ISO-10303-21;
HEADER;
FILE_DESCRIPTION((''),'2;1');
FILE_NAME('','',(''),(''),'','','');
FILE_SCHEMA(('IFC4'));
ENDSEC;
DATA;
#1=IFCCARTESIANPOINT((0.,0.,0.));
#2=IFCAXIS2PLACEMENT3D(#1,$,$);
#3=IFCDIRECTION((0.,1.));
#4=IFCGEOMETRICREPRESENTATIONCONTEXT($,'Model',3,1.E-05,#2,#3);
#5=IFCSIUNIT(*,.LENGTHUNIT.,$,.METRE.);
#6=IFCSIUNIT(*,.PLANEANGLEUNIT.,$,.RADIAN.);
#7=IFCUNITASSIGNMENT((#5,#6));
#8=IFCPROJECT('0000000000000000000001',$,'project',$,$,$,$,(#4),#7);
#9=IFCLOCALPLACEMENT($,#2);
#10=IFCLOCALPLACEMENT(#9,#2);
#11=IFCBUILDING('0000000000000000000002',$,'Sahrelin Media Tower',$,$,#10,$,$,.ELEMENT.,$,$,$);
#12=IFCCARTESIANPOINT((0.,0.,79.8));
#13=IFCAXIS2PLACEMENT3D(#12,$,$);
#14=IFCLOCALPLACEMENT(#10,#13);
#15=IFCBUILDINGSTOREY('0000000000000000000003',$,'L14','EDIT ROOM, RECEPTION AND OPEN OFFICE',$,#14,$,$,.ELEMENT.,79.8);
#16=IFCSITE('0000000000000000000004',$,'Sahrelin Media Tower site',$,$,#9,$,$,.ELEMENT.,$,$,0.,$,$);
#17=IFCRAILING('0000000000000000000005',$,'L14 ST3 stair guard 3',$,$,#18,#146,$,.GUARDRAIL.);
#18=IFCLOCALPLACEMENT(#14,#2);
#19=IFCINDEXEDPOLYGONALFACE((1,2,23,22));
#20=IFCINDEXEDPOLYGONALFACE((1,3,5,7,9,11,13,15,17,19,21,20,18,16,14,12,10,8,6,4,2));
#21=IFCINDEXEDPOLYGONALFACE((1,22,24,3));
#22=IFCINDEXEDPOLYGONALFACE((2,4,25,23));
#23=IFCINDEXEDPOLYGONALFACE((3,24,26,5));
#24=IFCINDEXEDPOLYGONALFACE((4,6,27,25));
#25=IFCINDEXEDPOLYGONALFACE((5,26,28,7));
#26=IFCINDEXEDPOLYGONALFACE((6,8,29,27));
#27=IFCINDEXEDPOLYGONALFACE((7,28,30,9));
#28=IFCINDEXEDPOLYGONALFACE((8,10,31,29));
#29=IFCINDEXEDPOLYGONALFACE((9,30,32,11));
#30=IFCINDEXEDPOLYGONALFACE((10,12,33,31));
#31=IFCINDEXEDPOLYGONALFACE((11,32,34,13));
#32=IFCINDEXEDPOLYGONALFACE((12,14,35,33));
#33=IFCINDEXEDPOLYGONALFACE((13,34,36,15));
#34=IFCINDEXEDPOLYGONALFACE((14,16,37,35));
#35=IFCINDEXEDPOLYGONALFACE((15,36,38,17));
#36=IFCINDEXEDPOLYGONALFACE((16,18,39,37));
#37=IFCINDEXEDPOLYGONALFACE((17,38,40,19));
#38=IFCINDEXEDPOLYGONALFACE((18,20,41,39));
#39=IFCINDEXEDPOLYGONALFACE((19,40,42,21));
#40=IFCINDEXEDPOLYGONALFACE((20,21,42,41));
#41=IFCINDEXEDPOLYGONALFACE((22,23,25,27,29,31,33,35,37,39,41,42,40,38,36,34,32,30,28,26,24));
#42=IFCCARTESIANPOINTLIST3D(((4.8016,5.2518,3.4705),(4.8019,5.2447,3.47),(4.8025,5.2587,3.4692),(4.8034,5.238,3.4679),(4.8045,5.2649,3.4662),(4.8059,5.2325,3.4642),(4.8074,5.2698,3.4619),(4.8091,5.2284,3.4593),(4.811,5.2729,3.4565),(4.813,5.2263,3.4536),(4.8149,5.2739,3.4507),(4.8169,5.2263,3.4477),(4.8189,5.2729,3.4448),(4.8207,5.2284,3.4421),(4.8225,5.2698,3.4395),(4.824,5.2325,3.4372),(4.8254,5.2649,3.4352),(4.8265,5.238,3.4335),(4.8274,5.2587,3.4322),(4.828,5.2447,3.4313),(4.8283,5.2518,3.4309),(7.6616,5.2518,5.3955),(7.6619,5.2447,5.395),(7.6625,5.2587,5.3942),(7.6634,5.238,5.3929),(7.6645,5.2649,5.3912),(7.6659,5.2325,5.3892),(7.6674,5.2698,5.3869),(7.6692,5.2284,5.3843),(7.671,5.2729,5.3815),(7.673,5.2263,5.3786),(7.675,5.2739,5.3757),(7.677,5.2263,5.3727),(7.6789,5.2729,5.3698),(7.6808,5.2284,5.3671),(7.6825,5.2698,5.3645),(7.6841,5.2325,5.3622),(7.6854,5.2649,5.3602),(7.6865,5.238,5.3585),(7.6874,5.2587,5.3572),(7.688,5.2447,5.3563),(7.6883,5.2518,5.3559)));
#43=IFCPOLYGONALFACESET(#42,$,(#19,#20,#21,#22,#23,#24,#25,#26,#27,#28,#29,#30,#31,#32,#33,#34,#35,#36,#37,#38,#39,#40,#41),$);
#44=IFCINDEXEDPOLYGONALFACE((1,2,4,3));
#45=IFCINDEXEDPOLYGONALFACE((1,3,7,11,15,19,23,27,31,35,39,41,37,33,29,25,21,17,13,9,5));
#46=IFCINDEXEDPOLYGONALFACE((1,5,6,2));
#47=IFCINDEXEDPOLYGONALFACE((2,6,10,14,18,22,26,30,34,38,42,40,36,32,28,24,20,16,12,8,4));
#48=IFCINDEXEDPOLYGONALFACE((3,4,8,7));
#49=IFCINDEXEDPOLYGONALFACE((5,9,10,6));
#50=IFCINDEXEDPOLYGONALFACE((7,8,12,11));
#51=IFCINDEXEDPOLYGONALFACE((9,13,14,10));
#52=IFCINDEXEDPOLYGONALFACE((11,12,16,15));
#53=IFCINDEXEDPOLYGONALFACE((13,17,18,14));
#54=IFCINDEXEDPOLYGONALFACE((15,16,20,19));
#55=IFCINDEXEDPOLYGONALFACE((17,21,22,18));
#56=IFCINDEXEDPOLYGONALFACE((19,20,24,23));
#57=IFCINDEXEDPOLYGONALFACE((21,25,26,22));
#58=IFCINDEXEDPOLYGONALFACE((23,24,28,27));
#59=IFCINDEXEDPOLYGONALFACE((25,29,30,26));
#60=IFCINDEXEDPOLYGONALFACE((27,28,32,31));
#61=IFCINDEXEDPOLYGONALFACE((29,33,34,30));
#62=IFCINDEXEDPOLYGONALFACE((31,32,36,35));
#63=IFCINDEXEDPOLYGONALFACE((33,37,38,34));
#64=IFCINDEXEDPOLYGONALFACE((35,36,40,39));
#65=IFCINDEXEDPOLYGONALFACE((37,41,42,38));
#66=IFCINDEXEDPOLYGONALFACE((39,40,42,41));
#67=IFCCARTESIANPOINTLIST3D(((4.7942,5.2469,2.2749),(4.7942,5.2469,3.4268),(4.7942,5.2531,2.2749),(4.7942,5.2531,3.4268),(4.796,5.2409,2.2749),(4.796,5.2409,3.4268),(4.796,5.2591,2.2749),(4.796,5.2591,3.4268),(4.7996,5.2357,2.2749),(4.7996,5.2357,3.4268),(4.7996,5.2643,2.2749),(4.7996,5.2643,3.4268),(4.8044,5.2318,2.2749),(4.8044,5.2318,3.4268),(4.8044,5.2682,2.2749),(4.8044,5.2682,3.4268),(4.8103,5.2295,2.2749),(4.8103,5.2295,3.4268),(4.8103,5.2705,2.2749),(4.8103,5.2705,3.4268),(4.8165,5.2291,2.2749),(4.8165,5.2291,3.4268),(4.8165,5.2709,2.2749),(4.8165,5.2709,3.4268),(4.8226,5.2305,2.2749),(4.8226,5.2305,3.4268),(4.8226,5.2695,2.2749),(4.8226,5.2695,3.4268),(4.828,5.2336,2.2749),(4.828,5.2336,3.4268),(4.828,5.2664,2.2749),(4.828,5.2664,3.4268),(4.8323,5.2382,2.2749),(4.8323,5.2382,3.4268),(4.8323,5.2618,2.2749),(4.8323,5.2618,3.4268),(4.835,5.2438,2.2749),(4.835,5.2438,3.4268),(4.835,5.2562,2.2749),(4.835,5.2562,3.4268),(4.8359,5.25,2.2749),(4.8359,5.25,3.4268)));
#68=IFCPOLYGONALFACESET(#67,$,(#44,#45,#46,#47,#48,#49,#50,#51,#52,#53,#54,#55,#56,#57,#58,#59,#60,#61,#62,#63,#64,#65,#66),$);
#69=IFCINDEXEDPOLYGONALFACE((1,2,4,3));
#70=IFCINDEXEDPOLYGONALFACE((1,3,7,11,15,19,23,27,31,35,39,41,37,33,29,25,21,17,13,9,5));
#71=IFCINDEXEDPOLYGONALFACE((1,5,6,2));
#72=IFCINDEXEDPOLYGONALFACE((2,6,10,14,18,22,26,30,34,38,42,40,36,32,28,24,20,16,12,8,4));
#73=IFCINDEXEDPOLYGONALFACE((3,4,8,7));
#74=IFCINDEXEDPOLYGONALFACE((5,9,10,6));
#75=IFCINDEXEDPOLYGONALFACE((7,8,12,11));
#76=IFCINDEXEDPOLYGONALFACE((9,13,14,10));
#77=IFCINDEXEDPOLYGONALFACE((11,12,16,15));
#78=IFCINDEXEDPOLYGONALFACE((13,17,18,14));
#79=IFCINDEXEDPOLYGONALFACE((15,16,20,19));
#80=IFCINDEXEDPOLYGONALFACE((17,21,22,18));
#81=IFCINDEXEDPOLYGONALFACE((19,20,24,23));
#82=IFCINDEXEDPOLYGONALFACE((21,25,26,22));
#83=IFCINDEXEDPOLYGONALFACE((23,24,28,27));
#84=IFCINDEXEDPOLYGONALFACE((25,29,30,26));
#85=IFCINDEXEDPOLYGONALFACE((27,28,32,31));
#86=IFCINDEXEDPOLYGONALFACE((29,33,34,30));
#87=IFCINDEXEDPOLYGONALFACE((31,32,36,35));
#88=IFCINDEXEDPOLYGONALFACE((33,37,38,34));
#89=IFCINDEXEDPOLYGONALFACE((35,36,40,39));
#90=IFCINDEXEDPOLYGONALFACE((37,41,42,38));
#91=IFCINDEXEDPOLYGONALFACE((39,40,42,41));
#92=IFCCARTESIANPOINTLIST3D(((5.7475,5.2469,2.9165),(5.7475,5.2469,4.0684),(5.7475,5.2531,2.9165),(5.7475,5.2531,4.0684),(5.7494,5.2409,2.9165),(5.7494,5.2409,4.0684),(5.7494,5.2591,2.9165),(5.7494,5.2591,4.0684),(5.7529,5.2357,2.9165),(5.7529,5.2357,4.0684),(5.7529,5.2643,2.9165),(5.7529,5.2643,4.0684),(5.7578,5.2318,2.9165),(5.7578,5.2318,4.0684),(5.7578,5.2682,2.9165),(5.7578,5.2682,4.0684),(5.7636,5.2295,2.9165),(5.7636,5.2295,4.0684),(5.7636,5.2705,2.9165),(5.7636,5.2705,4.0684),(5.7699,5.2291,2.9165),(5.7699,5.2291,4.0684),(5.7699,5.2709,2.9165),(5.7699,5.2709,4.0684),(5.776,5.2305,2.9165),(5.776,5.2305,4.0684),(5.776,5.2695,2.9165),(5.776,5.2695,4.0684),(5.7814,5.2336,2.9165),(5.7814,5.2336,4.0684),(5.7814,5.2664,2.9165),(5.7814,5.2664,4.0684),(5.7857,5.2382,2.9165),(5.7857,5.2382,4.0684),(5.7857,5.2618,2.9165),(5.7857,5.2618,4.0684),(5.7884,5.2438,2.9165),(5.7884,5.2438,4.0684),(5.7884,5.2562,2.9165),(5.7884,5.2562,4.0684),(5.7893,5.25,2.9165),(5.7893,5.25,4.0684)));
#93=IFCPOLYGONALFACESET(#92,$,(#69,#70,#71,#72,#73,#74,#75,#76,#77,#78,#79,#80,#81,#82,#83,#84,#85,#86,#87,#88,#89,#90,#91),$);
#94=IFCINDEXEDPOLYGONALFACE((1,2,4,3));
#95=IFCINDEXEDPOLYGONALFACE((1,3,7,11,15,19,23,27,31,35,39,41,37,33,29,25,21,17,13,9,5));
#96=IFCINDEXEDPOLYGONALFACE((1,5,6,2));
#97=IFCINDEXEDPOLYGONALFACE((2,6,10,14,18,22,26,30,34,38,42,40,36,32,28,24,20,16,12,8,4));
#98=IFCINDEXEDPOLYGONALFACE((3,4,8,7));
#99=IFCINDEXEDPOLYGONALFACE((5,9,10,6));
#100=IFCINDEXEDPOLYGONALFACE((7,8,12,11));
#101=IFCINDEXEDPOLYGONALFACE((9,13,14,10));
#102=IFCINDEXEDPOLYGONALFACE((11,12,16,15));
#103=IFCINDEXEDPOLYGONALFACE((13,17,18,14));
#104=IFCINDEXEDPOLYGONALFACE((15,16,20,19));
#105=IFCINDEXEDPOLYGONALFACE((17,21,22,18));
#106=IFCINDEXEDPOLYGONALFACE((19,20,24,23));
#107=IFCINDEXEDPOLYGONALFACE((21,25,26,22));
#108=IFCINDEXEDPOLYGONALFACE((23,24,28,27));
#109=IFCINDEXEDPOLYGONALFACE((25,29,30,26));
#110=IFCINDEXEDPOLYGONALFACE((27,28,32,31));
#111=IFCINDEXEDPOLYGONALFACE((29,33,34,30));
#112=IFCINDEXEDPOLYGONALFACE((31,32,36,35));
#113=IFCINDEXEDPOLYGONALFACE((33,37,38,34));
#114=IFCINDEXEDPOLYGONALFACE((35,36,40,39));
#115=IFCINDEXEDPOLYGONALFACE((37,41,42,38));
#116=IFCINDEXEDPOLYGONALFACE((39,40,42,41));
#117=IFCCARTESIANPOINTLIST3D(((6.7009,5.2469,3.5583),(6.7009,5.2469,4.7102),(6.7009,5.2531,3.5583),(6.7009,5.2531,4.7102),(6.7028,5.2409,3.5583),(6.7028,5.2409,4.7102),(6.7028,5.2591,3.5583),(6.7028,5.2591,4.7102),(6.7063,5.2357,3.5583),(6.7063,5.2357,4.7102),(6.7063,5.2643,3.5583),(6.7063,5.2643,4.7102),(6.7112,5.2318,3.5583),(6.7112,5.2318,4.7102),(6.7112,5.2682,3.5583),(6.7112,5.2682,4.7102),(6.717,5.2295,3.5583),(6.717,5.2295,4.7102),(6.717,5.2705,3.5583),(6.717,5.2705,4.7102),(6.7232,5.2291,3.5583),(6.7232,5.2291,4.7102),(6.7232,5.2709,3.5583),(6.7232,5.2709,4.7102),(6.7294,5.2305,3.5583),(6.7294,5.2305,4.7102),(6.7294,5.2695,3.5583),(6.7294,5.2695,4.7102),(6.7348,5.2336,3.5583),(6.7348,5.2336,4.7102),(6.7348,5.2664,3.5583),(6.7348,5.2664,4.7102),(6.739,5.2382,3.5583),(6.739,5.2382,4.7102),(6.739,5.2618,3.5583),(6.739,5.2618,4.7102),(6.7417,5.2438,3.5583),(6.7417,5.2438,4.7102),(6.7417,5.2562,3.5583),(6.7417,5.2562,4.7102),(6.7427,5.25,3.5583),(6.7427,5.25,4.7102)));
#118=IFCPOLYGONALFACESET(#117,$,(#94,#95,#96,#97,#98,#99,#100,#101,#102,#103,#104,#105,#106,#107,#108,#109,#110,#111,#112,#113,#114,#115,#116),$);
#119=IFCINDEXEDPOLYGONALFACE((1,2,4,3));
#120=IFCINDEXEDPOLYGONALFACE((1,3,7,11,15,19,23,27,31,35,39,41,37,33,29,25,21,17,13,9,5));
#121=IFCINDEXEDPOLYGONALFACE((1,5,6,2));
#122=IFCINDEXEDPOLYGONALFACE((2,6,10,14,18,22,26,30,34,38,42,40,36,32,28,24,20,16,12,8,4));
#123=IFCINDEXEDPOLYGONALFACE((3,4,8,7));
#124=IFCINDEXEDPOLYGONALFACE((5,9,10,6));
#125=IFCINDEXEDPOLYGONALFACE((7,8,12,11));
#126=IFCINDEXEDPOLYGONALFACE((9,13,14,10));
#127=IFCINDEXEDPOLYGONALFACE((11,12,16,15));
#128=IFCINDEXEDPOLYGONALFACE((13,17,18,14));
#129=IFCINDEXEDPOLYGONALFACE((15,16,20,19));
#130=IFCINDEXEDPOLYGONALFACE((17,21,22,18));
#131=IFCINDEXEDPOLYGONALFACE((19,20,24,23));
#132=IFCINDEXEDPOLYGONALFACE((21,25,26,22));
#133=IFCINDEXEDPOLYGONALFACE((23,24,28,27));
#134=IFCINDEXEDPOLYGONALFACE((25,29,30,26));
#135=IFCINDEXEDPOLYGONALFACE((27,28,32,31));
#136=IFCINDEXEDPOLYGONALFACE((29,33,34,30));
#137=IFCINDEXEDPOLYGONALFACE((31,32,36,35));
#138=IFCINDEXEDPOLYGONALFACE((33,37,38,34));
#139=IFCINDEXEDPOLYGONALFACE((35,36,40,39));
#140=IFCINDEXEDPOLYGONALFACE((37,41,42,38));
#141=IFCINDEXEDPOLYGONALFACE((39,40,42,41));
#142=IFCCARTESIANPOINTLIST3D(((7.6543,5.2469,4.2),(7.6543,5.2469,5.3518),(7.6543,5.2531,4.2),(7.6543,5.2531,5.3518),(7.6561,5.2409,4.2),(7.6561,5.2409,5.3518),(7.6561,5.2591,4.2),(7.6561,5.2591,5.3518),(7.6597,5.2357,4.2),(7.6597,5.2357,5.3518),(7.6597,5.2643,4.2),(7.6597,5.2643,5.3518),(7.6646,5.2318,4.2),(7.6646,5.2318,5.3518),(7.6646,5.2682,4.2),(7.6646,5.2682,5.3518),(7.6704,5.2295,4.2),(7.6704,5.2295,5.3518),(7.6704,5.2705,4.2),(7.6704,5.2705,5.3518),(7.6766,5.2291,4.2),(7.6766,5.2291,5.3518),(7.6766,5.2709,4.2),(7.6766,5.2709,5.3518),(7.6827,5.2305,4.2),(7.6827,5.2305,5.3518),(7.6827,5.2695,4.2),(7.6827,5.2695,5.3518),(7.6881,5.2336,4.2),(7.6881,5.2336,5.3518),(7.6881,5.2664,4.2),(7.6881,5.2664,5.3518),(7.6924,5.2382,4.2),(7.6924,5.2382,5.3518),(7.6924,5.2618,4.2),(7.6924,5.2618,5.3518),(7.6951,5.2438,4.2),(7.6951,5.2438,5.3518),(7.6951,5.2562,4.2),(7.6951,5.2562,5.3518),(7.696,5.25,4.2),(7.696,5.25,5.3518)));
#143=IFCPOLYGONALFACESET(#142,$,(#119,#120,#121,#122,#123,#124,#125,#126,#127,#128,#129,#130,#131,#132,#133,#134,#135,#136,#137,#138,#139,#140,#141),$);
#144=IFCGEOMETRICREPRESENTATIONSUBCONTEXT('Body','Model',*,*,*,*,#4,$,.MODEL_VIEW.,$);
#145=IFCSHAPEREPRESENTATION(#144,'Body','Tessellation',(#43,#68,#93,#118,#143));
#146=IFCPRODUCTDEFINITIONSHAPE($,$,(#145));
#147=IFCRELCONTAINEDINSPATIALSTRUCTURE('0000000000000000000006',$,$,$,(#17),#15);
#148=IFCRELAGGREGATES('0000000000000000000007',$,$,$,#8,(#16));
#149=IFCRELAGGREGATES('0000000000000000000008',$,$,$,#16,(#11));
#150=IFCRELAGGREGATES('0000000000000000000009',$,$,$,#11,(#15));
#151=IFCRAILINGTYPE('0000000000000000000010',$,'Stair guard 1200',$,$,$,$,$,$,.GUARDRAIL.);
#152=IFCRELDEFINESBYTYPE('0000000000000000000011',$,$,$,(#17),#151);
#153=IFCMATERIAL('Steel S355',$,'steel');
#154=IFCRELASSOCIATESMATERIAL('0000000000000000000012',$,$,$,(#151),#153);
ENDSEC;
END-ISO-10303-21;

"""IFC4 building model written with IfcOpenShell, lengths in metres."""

from ifc_helpers import new_model, si_unit, direction, frame, origin, origin_2d, place, context, subcontext, project, spatial, circle, extrude, material, type_object, element, save


model = new_model("IFC4")

# Units and contexts
model_context = context("Model", 3, precision=1e-05, world=origin(), true_north=direction((0.0, 1.0)))
body_context = subcontext(model_context, "Body", "Model", "MODEL_VIEW")
ifc_project = project(units=[si_unit("LENGTHUNIT", "METRE"), si_unit("PLANEANGLEUNIT", "RADIAN")], contexts=[model_context])

# Site, building, storey
site_placement = place(None, origin())
site = spatial("IfcSite", under=ifc_project, at=site_placement, Name="Sahrelin Media Tower site", CompositionType="ELEMENT", RefElevation=0.0)
building_placement = place(site_placement, origin())
building = spatial("IfcBuilding", under=site, at=building_placement, Name="Sahrelin Media Tower", CompositionType="ELEMENT")
storey_placement = place(building_placement, frame((0.0, 0.0, 79.8)))
storey = spatial("IfcBuildingStorey", under=building, at=storey_placement, Name="L14", Description="EDIT ROOM, RECEPTION AND OPEN OFFICE", CompositionType="ELEMENT", Elevation=79.8)

# Shared definitions
ifc_material_1 = material(Name="Steel S355", Category="steel")

# Railing
railing_type_1 = type_object("IfcRailingType", Name="Stair guard 1200", PredefinedType="GUARDRAIL", material=ifc_material_1)
railing_1_placement = place(storey_placement, frame((4.8149, 5.25, 2.2749)))
element("IfcRailing", 1, at=railing_1_placement, inside=storey, type_object=railing_type_1, Name="L14 ST3 stair guard 3", PredefinedType="GUARDRAIL", context=body_context, shape_type="SweptSolid", body=[
    extrude(circle(Radius=0.0239, at=origin_2d()), frame((0.0, 0.0, 1.1758), z_axis=(0.829591, 0.0, 0.558372), x_axis=(0.0, 1.0, 0.0)), (0.0, 0.0, 1.0), 3.4475),
    extrude(circle(Radius=0.021, at=origin_2d()), origin(), (0.0, 0.0, 1.0), 1.1519),
    extrude(circle(Radius=0.021, at=origin_2d()), frame((0.9534, 0.0, 0.6416)), (0.0, 0.0, 1.0), 1.1519),
    extrude(circle(Radius=0.021, at=origin_2d()), frame((1.9067, 0.0, 1.2834)), (0.0, 0.0, 1.0), 1.1519),
    extrude(circle(Radius=0.021, at=origin_2d()), frame((2.8601, 0.0, 1.925)), (0.0, 0.0, 1.0), 1.1519),
])

save(model, "model.ifc")
